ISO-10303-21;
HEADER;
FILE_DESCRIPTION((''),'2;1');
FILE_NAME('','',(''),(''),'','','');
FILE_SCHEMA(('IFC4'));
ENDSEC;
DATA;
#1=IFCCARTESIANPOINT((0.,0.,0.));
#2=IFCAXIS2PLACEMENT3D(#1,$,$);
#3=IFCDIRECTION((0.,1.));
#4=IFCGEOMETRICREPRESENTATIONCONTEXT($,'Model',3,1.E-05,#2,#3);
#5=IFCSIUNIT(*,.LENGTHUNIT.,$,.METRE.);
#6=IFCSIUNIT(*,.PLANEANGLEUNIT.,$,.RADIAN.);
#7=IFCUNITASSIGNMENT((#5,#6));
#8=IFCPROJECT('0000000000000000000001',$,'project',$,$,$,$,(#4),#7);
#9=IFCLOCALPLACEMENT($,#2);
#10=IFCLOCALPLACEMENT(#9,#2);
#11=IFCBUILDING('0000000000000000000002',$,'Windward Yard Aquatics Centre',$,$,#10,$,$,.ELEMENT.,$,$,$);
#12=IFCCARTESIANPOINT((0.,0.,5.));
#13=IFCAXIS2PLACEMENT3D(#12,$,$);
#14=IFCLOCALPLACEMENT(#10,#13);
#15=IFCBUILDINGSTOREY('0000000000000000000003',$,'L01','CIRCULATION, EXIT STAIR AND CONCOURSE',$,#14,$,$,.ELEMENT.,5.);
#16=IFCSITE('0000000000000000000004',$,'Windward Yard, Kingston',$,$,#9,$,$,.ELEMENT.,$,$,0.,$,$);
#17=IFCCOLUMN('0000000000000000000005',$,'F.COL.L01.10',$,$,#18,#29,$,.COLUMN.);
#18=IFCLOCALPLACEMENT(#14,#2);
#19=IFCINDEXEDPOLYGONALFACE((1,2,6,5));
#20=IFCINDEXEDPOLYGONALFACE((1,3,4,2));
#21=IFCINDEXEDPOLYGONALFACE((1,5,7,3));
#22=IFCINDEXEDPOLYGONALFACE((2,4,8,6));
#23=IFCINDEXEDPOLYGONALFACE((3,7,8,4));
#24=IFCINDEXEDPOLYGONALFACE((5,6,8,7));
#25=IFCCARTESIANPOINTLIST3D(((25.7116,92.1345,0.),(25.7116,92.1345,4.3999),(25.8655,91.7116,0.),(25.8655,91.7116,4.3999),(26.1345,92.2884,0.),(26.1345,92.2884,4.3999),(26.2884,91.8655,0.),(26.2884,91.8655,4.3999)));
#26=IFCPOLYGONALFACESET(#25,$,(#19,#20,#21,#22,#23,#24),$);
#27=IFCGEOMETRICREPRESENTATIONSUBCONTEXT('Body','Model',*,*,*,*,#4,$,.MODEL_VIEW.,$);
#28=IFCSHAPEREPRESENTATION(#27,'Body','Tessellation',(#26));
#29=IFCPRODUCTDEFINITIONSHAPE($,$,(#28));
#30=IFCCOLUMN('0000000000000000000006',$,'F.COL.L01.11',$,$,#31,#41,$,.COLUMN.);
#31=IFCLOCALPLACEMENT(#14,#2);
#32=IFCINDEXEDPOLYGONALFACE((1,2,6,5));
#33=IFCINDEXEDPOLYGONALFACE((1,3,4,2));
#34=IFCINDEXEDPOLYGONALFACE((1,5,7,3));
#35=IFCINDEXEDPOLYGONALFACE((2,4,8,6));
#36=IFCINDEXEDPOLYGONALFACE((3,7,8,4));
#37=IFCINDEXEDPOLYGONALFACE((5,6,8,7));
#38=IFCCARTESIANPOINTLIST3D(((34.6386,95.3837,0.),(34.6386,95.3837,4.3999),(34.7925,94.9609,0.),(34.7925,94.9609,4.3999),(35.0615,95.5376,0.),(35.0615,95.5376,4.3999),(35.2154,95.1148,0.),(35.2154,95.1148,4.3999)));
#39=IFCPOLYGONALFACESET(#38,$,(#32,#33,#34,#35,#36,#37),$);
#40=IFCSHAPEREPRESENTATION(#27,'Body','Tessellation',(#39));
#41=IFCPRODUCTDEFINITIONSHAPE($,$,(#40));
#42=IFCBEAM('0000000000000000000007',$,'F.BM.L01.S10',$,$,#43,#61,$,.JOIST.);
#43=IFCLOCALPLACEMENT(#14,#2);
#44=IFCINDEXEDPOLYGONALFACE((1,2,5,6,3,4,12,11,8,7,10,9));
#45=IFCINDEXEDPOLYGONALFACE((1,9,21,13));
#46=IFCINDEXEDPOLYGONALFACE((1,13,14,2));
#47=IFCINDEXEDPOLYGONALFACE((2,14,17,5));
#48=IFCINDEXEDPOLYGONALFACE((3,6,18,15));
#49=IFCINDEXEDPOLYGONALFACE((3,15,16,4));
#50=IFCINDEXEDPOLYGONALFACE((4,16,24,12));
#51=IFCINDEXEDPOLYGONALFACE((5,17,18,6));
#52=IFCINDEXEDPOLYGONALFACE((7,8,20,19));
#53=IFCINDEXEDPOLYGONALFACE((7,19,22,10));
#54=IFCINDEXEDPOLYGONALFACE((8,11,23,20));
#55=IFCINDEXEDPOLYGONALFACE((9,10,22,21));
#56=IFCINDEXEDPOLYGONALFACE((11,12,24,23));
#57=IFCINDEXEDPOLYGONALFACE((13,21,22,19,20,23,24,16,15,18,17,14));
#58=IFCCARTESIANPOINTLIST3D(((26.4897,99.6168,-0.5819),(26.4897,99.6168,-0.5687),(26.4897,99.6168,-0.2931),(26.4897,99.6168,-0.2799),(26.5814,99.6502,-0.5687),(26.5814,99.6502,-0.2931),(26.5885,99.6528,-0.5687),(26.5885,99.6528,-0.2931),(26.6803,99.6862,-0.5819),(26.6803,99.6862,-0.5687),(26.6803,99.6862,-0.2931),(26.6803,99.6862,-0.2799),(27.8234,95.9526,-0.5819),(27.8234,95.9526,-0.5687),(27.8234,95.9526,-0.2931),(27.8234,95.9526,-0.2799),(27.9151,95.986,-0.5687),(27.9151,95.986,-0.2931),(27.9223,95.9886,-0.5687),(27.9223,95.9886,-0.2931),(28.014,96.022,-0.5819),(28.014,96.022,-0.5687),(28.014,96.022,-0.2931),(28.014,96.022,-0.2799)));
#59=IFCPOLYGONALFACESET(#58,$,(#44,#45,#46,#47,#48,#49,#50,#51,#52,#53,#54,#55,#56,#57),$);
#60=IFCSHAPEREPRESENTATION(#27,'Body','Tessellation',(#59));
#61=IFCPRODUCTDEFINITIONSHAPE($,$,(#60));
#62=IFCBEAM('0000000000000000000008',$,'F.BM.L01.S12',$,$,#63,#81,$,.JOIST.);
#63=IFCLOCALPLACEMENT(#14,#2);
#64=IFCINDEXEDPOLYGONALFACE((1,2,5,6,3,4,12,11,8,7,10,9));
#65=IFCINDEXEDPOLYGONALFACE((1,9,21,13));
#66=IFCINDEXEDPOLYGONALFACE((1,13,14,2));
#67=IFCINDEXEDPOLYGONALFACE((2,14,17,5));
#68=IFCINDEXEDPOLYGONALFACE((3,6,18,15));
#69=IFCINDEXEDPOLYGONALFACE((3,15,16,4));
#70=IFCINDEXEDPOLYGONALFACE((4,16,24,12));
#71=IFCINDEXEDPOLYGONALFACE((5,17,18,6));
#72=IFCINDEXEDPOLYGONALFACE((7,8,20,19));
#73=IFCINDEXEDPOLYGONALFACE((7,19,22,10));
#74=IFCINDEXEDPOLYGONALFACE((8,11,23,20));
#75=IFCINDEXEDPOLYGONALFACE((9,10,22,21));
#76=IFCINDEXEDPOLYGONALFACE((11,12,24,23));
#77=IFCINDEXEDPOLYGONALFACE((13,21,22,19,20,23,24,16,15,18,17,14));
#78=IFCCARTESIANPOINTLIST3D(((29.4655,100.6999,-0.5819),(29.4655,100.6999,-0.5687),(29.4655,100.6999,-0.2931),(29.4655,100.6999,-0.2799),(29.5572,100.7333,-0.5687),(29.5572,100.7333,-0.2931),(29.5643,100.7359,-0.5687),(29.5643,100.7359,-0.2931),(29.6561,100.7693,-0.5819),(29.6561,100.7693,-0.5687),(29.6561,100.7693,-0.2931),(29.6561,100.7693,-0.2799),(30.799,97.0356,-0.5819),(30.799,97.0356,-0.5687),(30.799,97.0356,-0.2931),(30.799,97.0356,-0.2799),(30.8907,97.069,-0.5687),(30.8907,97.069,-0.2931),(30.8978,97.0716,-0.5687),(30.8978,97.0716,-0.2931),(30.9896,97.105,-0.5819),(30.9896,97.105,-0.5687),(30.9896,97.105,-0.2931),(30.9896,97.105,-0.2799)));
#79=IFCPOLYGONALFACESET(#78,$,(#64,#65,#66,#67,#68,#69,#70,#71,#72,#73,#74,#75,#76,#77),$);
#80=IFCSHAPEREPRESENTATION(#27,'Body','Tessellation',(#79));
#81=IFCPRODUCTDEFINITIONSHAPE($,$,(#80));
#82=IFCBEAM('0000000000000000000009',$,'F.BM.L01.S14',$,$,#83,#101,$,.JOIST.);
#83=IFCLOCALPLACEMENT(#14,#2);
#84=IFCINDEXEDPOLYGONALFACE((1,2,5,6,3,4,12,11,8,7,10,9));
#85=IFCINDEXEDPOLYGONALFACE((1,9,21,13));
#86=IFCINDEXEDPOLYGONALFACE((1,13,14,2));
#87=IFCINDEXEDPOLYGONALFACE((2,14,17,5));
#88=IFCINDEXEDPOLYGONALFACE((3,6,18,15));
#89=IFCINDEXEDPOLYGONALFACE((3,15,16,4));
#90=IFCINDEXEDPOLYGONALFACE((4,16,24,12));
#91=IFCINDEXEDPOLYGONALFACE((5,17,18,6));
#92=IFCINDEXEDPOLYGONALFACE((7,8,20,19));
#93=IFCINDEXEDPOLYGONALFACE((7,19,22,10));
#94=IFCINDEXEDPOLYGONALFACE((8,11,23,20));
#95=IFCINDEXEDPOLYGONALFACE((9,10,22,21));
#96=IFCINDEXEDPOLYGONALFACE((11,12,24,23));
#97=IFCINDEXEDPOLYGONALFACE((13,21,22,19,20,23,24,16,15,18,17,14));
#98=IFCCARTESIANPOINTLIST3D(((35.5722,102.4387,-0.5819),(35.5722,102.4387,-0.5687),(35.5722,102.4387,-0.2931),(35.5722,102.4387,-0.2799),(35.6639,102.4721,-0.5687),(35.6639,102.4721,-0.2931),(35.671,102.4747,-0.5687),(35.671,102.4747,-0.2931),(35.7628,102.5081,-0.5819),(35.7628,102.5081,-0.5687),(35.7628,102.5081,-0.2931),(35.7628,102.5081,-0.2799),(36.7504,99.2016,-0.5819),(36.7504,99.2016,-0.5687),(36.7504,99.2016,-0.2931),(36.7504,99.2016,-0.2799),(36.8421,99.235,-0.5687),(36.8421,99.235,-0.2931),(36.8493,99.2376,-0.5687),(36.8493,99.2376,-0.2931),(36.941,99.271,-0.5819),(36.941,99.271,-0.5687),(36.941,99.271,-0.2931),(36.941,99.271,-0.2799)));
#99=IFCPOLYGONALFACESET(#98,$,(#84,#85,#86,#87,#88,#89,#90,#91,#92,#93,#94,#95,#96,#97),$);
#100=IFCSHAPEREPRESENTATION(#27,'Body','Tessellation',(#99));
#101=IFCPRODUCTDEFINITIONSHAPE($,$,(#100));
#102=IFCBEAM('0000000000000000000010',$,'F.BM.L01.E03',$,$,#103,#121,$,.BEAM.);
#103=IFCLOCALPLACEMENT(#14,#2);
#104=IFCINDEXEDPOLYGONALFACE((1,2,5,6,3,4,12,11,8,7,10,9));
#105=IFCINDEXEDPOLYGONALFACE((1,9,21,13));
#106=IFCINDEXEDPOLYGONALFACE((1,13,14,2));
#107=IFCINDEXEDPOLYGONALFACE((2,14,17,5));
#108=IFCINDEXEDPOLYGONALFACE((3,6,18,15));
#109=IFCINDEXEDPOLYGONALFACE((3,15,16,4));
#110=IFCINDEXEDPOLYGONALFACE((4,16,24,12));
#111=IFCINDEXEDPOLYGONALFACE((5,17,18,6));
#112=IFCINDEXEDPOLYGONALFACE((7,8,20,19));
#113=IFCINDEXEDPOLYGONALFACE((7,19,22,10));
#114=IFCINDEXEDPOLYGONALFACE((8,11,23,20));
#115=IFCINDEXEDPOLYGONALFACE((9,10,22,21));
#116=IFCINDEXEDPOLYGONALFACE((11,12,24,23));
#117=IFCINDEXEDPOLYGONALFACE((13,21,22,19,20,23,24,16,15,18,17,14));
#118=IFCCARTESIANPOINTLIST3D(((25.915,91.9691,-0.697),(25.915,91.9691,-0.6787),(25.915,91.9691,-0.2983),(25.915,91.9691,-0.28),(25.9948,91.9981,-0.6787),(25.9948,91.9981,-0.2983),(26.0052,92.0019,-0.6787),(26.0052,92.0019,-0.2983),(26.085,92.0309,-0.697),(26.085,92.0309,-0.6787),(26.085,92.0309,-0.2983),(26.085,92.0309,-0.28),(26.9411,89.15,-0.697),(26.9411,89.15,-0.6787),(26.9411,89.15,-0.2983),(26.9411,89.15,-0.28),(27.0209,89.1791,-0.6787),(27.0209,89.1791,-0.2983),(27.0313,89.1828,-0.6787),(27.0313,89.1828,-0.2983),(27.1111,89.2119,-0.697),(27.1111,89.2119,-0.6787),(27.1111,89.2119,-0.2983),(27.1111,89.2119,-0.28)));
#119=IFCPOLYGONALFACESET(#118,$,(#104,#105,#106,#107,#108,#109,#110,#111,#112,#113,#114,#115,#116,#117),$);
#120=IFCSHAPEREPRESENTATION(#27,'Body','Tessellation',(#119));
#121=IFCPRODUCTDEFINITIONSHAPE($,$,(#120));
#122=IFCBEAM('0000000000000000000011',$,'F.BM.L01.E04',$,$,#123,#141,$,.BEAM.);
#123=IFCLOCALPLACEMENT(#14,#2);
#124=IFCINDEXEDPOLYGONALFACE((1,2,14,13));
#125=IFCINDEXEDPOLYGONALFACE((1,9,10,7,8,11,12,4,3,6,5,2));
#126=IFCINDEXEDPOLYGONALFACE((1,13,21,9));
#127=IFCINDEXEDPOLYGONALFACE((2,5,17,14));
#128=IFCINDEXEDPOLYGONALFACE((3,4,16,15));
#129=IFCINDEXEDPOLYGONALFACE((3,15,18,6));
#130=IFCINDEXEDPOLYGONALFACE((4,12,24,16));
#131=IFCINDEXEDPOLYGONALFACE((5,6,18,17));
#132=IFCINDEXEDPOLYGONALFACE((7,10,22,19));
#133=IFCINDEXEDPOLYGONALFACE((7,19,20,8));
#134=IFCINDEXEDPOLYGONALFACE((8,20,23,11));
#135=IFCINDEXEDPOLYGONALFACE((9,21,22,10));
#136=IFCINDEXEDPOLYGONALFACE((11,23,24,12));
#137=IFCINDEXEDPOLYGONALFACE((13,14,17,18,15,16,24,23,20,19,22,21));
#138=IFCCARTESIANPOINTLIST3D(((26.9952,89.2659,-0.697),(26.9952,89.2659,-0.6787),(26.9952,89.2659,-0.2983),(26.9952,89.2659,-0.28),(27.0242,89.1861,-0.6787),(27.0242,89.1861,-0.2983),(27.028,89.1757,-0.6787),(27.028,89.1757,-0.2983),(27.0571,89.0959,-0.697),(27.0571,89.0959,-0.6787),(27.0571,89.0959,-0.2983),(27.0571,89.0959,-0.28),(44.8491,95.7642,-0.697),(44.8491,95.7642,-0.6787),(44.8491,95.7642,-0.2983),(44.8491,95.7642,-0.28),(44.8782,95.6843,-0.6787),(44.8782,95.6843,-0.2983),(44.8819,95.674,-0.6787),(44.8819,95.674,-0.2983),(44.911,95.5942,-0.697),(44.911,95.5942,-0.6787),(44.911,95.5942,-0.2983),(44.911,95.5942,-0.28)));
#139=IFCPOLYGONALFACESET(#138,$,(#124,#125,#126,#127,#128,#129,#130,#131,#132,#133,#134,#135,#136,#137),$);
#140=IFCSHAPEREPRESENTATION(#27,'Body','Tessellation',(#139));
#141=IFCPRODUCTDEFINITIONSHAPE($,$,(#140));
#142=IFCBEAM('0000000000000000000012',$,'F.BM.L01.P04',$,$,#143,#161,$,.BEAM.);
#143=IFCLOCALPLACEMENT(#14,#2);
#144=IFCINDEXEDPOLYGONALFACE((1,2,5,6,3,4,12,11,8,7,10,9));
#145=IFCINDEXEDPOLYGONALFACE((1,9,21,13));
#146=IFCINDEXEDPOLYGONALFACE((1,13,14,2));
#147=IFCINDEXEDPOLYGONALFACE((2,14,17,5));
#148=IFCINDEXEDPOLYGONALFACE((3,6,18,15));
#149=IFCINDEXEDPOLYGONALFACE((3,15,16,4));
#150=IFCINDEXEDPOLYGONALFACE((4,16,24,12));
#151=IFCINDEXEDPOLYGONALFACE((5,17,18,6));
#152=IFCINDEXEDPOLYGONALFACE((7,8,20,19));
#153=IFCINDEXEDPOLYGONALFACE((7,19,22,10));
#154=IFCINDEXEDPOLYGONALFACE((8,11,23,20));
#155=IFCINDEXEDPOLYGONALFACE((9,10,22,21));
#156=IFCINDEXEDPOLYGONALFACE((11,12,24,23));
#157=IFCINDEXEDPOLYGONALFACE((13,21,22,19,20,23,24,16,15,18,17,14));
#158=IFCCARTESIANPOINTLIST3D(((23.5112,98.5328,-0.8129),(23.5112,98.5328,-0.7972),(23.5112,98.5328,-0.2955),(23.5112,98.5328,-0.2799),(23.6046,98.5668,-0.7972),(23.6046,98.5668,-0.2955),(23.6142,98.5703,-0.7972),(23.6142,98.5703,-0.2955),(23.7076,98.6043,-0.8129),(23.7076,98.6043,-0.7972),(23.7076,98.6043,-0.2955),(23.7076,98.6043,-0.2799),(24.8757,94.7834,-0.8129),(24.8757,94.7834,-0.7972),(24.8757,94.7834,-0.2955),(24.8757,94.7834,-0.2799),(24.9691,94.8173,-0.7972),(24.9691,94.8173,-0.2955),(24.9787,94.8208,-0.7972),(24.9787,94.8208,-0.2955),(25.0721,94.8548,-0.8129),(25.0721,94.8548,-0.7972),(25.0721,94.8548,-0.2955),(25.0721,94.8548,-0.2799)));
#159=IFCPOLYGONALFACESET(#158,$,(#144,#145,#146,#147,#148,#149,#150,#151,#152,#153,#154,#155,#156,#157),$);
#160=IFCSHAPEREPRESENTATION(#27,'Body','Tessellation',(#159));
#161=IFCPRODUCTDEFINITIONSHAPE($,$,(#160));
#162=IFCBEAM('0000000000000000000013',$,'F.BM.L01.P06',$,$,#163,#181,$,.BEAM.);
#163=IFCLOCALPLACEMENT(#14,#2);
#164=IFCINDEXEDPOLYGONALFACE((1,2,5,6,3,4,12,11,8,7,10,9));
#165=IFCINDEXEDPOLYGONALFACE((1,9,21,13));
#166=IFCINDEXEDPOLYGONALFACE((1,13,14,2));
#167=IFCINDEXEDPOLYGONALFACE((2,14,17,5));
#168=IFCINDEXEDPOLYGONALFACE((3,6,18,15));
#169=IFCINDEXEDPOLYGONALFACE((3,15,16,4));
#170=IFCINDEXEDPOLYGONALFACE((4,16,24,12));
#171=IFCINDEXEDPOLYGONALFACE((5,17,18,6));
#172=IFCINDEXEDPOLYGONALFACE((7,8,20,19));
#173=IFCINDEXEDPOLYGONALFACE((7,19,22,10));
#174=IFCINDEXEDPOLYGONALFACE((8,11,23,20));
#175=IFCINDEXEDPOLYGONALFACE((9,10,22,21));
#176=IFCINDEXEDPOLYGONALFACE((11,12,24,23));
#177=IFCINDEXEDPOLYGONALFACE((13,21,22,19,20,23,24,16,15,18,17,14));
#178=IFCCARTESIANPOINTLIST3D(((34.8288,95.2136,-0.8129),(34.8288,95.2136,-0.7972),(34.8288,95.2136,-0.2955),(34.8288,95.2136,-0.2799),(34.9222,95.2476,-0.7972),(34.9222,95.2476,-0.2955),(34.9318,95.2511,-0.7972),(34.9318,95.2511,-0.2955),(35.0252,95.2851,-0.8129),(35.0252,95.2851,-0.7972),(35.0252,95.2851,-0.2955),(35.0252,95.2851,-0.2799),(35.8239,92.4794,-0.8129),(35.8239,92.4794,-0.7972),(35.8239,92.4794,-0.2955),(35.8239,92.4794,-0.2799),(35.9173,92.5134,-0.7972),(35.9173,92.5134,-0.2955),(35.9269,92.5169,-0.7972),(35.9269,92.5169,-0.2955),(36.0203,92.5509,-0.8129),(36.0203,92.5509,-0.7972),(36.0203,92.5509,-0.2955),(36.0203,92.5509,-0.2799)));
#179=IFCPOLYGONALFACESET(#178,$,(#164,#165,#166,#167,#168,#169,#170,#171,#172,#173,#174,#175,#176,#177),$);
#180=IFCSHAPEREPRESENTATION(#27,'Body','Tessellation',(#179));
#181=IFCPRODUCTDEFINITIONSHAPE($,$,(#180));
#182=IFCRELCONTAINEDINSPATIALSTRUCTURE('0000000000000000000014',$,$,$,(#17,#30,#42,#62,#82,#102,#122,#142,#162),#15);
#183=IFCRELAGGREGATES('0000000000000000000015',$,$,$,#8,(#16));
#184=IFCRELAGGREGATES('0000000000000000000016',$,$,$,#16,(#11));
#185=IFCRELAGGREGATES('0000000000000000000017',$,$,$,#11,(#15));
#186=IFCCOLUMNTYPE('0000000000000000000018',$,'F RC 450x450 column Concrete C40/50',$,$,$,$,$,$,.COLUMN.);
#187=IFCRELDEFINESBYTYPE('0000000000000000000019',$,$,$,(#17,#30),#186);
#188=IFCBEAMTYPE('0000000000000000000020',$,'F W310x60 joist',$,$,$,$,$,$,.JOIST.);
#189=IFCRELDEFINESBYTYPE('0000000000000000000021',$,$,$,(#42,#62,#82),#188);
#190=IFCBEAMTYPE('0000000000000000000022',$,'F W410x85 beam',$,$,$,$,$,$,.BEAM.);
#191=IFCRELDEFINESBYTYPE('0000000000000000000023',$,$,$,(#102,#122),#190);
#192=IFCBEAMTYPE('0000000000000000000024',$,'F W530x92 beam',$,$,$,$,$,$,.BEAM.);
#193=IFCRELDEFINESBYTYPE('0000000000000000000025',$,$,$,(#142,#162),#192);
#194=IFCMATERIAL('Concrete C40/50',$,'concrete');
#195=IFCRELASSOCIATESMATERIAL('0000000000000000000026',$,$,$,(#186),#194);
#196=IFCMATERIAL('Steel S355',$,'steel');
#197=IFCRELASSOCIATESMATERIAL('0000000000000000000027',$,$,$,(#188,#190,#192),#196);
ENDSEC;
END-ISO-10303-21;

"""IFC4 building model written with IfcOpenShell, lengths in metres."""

from ifc_helpers import new_model, si_unit, direction, frame, origin, origin_2d, place, context, subcontext, project, spatial, rectangle, i_section, extrude, material, material_profile, profile_set, type_object, element, save


model = new_model("IFC4")

# Units and contexts
model_context = context("Model", 3, precision=1e-05, world=origin(), true_north=direction((0.0, 1.0)))
body_context = subcontext(model_context, "Body", "Model", "MODEL_VIEW")
ifc_project = project(units=[si_unit("LENGTHUNIT", "METRE"), si_unit("PLANEANGLEUNIT", "RADIAN")], contexts=[model_context])

# Site, building, storey
site_placement = place(None, origin())
site = spatial("IfcSite", under=ifc_project, at=site_placement, Name="Windward Yard, Kingston", CompositionType="ELEMENT", RefElevation=0.0)
building_placement = place(site_placement, origin())
building = spatial("IfcBuilding", under=site, at=building_placement, Name="Windward Yard Aquatics Centre", CompositionType="ELEMENT")
storey_placement = place(building_placement, frame((0.0, 0.0, 5.0)))
storey = spatial("IfcBuildingStorey", under=building, at=storey_placement, Name="L01", Description="CIRCULATION, EXIT STAIR AND CONCOURSE", CompositionType="ELEMENT", Elevation=5.0)

# Columns
ifc_material_1 = material(Name="Concrete C40/50", Category="concrete")
ifc_material_profile_1 = material_profile(ifc_material_1, rectangle(XDim=0.45, YDim=0.45, at=origin_2d()), Name="RC 450x450")
ifc_profile_set_1 = profile_set([ifc_material_profile_1], Name="Concrete C40/50")
column_type = type_object("IfcColumnType", Name="F RC 450x450 column Concrete C40/50", PredefinedType="COLUMN", material=ifc_profile_set_1)
for number, where, z_axis, x_axis, name in (
    (1, (26.0, 92.0, 0.0), (0.0, 0.0, 1.0), (0.939693, 0.34202, 0.0), "F.COL.L01.10"),
    (2, (34.927, 95.2493, 0.0), (0.0, 0.0, 1.0), (0.939693, 0.34202, 0.0), "F.COL.L01.11"),
):
    element("IfcColumn", number, at=place(storey_placement, frame(where, z_axis=z_axis, x_axis=x_axis)), inside=storey, type_object=column_type, Name=name, PredefinedType="COLUMN", context=body_context, shape_type="SweptSolid", body=[
        extrude(rectangle(XDim=0.45, YDim=0.45, at=origin_2d()), origin(), (0.0, 0.0, 1.0), 4.3999),
    ])

# Beams
ifc_material_2 = material(Name="Steel S355", Category="steel")
ifc_material_profile_2 = material_profile(ifc_material_2, i_section(OverallWidth=0.2029, OverallDepth=0.302, WebThickness=0.0076, FlangeThickness=0.0132, at=origin_2d()), Name="W310x60")
ifc_profile_set_2 = profile_set([ifc_material_profile_2], Name="Steel S355")
beam_type_1 = type_object("IfcBeamType", Name="F W310x60 joist", PredefinedType="JOIST", material=ifc_profile_set_2)
for number, where, z_axis, x_axis, name in (
    (3, (27.9187, 95.9873, -0.4309), (-0.34203, 0.939689, 0.0), (-0.939689, -0.34203, 0.0), "F.BM.L01.S10"),
    (4, (30.8943, 97.0703, -0.4309), (-0.341974, 0.939709, 0.0), (-0.939709, -0.341974, 0.0), "F.BM.L01.S12"),
):
    element("IfcBeam", number, at=place(storey_placement, frame(where, z_axis=z_axis, x_axis=x_axis)), inside=storey, type_object=beam_type_1, Name=name, PredefinedType="JOIST", context=body_context, shape_type="SweptSolid", body=[
        extrude(i_section(OverallWidth=0.2029, OverallDepth=0.302, WebThickness=0.0076, FlangeThickness=0.0132, at=origin_2d()), origin(), (0.0, 0.0, 1.0), 3.8994),
    ])
beam_1_placement = place(storey_placement, frame((36.8457, 99.2363, -0.4309), z_axis=(-0.342028, 0.93969, 0.0), x_axis=(-0.93969, -0.342028, 0.0)))
element("IfcBeam", 5, at=beam_1_placement, inside=storey, type_object=beam_type_1, Name="F.BM.L01.S14", PredefinedType="JOIST", context=body_context, shape_type="SweptSolid", body=[
    extrude(i_section(OverallWidth=0.2029, OverallDepth=0.302, WebThickness=0.0076, FlangeThickness=0.0132, at=origin_2d()), origin(), (0.0, 0.0, 1.0), 3.4448),
])
ifc_material_profile_3 = material_profile(ifc_material_2, i_section(OverallWidth=0.1809, OverallDepth=0.417, WebThickness=0.011, FlangeThickness=0.0183, at=origin_2d()), Name="W410x85")
ifc_profile_set_3 = profile_set([ifc_material_profile_3], Name="Steel S355")
beam_type_2 = type_object("IfcBeamType", Name="F W410x85 beam", PredefinedType="BEAM", material=ifc_profile_set_3)
beam_2_placement = place(storey_placement, frame((26.0, 92.0, -0.4885), z_axis=(0.342037, -0.939686, 0.0), x_axis=(0.939686, 0.342037, 0.0)))
element("IfcBeam", 6, at=beam_2_placement, inside=storey, type_object=beam_type_2, Name="F.BM.L01.E03", PredefinedType="BEAM", context=body_context, shape_type="SweptSolid", body=[
    extrude(i_section(OverallWidth=0.1809, OverallDepth=0.417, WebThickness=0.011, FlangeThickness=0.0183, at=origin_2d()), origin(), (0.0, 0.0, 1.0), 3.0),
])
beam_3_placement = place(storey_placement, frame((27.0261, 89.1809, -0.4885), z_axis=(0.939693, 0.342019, 0.0), x_axis=(-0.342019, 0.939693, 0.0)))
element("IfcBeam", 7, at=beam_3_placement, inside=storey, type_object=beam_type_2, Name="F.BM.L01.E04", PredefinedType="BEAM", context=body_context, shape_type="SweptSolid", body=[
    extrude(i_section(OverallWidth=0.1809, OverallDepth=0.417, WebThickness=0.011, FlangeThickness=0.0183, at=origin_2d()), origin(), (0.0, 0.0, 1.0), 18.9998),
])
ifc_material_profile_4 = material_profile(ifc_material_2, i_section(OverallWidth=0.209, OverallDepth=0.533, WebThickness=0.0103, FlangeThickness=0.0156, at=origin_2d()), Name="W530x92")
ifc_profile_set_4 = profile_set([ifc_material_profile_4], Name="Steel S355")
beam_type_3 = type_object("IfcBeamType", Name="F W530x92 beam", PredefinedType="BEAM", material=ifc_profile_set_4)
beam_4_placement = place(storey_placement, frame((24.9739, 94.8191, -0.5464), z_axis=(-0.341974, 0.939709, 0.0), x_axis=(-0.939709, -0.341974, 0.0)))
element("IfcBeam", 8, at=beam_4_placement, inside=storey, type_object=beam_type_3, Name="F.BM.L01.P04", PredefinedType="BEAM", context=body_context, shape_type="SweptSolid", body=[
    extrude(i_section(OverallWidth=0.209, OverallDepth=0.533, WebThickness=0.0103, FlangeThickness=0.0156, at=origin_2d()), origin(), (0.0, 0.0, 1.0), 3.99),
])
beam_5_placement = place(storey_placement, frame((35.9221, 92.5151, -0.5464), z_axis=(-0.342013, 0.939695, 0.0), x_axis=(-0.939695, -0.342013, 0.0)))
element("IfcBeam", 9, at=beam_5_placement, inside=storey, type_object=beam_type_3, Name="F.BM.L01.P06", PredefinedType="BEAM", context=body_context, shape_type="SweptSolid", body=[
    extrude(i_section(OverallWidth=0.209, OverallDepth=0.533, WebThickness=0.0103, FlangeThickness=0.0156, at=origin_2d()), origin(), (0.0, 0.0, 1.0), 2.9097),
])

save(model, "model.ifc")
